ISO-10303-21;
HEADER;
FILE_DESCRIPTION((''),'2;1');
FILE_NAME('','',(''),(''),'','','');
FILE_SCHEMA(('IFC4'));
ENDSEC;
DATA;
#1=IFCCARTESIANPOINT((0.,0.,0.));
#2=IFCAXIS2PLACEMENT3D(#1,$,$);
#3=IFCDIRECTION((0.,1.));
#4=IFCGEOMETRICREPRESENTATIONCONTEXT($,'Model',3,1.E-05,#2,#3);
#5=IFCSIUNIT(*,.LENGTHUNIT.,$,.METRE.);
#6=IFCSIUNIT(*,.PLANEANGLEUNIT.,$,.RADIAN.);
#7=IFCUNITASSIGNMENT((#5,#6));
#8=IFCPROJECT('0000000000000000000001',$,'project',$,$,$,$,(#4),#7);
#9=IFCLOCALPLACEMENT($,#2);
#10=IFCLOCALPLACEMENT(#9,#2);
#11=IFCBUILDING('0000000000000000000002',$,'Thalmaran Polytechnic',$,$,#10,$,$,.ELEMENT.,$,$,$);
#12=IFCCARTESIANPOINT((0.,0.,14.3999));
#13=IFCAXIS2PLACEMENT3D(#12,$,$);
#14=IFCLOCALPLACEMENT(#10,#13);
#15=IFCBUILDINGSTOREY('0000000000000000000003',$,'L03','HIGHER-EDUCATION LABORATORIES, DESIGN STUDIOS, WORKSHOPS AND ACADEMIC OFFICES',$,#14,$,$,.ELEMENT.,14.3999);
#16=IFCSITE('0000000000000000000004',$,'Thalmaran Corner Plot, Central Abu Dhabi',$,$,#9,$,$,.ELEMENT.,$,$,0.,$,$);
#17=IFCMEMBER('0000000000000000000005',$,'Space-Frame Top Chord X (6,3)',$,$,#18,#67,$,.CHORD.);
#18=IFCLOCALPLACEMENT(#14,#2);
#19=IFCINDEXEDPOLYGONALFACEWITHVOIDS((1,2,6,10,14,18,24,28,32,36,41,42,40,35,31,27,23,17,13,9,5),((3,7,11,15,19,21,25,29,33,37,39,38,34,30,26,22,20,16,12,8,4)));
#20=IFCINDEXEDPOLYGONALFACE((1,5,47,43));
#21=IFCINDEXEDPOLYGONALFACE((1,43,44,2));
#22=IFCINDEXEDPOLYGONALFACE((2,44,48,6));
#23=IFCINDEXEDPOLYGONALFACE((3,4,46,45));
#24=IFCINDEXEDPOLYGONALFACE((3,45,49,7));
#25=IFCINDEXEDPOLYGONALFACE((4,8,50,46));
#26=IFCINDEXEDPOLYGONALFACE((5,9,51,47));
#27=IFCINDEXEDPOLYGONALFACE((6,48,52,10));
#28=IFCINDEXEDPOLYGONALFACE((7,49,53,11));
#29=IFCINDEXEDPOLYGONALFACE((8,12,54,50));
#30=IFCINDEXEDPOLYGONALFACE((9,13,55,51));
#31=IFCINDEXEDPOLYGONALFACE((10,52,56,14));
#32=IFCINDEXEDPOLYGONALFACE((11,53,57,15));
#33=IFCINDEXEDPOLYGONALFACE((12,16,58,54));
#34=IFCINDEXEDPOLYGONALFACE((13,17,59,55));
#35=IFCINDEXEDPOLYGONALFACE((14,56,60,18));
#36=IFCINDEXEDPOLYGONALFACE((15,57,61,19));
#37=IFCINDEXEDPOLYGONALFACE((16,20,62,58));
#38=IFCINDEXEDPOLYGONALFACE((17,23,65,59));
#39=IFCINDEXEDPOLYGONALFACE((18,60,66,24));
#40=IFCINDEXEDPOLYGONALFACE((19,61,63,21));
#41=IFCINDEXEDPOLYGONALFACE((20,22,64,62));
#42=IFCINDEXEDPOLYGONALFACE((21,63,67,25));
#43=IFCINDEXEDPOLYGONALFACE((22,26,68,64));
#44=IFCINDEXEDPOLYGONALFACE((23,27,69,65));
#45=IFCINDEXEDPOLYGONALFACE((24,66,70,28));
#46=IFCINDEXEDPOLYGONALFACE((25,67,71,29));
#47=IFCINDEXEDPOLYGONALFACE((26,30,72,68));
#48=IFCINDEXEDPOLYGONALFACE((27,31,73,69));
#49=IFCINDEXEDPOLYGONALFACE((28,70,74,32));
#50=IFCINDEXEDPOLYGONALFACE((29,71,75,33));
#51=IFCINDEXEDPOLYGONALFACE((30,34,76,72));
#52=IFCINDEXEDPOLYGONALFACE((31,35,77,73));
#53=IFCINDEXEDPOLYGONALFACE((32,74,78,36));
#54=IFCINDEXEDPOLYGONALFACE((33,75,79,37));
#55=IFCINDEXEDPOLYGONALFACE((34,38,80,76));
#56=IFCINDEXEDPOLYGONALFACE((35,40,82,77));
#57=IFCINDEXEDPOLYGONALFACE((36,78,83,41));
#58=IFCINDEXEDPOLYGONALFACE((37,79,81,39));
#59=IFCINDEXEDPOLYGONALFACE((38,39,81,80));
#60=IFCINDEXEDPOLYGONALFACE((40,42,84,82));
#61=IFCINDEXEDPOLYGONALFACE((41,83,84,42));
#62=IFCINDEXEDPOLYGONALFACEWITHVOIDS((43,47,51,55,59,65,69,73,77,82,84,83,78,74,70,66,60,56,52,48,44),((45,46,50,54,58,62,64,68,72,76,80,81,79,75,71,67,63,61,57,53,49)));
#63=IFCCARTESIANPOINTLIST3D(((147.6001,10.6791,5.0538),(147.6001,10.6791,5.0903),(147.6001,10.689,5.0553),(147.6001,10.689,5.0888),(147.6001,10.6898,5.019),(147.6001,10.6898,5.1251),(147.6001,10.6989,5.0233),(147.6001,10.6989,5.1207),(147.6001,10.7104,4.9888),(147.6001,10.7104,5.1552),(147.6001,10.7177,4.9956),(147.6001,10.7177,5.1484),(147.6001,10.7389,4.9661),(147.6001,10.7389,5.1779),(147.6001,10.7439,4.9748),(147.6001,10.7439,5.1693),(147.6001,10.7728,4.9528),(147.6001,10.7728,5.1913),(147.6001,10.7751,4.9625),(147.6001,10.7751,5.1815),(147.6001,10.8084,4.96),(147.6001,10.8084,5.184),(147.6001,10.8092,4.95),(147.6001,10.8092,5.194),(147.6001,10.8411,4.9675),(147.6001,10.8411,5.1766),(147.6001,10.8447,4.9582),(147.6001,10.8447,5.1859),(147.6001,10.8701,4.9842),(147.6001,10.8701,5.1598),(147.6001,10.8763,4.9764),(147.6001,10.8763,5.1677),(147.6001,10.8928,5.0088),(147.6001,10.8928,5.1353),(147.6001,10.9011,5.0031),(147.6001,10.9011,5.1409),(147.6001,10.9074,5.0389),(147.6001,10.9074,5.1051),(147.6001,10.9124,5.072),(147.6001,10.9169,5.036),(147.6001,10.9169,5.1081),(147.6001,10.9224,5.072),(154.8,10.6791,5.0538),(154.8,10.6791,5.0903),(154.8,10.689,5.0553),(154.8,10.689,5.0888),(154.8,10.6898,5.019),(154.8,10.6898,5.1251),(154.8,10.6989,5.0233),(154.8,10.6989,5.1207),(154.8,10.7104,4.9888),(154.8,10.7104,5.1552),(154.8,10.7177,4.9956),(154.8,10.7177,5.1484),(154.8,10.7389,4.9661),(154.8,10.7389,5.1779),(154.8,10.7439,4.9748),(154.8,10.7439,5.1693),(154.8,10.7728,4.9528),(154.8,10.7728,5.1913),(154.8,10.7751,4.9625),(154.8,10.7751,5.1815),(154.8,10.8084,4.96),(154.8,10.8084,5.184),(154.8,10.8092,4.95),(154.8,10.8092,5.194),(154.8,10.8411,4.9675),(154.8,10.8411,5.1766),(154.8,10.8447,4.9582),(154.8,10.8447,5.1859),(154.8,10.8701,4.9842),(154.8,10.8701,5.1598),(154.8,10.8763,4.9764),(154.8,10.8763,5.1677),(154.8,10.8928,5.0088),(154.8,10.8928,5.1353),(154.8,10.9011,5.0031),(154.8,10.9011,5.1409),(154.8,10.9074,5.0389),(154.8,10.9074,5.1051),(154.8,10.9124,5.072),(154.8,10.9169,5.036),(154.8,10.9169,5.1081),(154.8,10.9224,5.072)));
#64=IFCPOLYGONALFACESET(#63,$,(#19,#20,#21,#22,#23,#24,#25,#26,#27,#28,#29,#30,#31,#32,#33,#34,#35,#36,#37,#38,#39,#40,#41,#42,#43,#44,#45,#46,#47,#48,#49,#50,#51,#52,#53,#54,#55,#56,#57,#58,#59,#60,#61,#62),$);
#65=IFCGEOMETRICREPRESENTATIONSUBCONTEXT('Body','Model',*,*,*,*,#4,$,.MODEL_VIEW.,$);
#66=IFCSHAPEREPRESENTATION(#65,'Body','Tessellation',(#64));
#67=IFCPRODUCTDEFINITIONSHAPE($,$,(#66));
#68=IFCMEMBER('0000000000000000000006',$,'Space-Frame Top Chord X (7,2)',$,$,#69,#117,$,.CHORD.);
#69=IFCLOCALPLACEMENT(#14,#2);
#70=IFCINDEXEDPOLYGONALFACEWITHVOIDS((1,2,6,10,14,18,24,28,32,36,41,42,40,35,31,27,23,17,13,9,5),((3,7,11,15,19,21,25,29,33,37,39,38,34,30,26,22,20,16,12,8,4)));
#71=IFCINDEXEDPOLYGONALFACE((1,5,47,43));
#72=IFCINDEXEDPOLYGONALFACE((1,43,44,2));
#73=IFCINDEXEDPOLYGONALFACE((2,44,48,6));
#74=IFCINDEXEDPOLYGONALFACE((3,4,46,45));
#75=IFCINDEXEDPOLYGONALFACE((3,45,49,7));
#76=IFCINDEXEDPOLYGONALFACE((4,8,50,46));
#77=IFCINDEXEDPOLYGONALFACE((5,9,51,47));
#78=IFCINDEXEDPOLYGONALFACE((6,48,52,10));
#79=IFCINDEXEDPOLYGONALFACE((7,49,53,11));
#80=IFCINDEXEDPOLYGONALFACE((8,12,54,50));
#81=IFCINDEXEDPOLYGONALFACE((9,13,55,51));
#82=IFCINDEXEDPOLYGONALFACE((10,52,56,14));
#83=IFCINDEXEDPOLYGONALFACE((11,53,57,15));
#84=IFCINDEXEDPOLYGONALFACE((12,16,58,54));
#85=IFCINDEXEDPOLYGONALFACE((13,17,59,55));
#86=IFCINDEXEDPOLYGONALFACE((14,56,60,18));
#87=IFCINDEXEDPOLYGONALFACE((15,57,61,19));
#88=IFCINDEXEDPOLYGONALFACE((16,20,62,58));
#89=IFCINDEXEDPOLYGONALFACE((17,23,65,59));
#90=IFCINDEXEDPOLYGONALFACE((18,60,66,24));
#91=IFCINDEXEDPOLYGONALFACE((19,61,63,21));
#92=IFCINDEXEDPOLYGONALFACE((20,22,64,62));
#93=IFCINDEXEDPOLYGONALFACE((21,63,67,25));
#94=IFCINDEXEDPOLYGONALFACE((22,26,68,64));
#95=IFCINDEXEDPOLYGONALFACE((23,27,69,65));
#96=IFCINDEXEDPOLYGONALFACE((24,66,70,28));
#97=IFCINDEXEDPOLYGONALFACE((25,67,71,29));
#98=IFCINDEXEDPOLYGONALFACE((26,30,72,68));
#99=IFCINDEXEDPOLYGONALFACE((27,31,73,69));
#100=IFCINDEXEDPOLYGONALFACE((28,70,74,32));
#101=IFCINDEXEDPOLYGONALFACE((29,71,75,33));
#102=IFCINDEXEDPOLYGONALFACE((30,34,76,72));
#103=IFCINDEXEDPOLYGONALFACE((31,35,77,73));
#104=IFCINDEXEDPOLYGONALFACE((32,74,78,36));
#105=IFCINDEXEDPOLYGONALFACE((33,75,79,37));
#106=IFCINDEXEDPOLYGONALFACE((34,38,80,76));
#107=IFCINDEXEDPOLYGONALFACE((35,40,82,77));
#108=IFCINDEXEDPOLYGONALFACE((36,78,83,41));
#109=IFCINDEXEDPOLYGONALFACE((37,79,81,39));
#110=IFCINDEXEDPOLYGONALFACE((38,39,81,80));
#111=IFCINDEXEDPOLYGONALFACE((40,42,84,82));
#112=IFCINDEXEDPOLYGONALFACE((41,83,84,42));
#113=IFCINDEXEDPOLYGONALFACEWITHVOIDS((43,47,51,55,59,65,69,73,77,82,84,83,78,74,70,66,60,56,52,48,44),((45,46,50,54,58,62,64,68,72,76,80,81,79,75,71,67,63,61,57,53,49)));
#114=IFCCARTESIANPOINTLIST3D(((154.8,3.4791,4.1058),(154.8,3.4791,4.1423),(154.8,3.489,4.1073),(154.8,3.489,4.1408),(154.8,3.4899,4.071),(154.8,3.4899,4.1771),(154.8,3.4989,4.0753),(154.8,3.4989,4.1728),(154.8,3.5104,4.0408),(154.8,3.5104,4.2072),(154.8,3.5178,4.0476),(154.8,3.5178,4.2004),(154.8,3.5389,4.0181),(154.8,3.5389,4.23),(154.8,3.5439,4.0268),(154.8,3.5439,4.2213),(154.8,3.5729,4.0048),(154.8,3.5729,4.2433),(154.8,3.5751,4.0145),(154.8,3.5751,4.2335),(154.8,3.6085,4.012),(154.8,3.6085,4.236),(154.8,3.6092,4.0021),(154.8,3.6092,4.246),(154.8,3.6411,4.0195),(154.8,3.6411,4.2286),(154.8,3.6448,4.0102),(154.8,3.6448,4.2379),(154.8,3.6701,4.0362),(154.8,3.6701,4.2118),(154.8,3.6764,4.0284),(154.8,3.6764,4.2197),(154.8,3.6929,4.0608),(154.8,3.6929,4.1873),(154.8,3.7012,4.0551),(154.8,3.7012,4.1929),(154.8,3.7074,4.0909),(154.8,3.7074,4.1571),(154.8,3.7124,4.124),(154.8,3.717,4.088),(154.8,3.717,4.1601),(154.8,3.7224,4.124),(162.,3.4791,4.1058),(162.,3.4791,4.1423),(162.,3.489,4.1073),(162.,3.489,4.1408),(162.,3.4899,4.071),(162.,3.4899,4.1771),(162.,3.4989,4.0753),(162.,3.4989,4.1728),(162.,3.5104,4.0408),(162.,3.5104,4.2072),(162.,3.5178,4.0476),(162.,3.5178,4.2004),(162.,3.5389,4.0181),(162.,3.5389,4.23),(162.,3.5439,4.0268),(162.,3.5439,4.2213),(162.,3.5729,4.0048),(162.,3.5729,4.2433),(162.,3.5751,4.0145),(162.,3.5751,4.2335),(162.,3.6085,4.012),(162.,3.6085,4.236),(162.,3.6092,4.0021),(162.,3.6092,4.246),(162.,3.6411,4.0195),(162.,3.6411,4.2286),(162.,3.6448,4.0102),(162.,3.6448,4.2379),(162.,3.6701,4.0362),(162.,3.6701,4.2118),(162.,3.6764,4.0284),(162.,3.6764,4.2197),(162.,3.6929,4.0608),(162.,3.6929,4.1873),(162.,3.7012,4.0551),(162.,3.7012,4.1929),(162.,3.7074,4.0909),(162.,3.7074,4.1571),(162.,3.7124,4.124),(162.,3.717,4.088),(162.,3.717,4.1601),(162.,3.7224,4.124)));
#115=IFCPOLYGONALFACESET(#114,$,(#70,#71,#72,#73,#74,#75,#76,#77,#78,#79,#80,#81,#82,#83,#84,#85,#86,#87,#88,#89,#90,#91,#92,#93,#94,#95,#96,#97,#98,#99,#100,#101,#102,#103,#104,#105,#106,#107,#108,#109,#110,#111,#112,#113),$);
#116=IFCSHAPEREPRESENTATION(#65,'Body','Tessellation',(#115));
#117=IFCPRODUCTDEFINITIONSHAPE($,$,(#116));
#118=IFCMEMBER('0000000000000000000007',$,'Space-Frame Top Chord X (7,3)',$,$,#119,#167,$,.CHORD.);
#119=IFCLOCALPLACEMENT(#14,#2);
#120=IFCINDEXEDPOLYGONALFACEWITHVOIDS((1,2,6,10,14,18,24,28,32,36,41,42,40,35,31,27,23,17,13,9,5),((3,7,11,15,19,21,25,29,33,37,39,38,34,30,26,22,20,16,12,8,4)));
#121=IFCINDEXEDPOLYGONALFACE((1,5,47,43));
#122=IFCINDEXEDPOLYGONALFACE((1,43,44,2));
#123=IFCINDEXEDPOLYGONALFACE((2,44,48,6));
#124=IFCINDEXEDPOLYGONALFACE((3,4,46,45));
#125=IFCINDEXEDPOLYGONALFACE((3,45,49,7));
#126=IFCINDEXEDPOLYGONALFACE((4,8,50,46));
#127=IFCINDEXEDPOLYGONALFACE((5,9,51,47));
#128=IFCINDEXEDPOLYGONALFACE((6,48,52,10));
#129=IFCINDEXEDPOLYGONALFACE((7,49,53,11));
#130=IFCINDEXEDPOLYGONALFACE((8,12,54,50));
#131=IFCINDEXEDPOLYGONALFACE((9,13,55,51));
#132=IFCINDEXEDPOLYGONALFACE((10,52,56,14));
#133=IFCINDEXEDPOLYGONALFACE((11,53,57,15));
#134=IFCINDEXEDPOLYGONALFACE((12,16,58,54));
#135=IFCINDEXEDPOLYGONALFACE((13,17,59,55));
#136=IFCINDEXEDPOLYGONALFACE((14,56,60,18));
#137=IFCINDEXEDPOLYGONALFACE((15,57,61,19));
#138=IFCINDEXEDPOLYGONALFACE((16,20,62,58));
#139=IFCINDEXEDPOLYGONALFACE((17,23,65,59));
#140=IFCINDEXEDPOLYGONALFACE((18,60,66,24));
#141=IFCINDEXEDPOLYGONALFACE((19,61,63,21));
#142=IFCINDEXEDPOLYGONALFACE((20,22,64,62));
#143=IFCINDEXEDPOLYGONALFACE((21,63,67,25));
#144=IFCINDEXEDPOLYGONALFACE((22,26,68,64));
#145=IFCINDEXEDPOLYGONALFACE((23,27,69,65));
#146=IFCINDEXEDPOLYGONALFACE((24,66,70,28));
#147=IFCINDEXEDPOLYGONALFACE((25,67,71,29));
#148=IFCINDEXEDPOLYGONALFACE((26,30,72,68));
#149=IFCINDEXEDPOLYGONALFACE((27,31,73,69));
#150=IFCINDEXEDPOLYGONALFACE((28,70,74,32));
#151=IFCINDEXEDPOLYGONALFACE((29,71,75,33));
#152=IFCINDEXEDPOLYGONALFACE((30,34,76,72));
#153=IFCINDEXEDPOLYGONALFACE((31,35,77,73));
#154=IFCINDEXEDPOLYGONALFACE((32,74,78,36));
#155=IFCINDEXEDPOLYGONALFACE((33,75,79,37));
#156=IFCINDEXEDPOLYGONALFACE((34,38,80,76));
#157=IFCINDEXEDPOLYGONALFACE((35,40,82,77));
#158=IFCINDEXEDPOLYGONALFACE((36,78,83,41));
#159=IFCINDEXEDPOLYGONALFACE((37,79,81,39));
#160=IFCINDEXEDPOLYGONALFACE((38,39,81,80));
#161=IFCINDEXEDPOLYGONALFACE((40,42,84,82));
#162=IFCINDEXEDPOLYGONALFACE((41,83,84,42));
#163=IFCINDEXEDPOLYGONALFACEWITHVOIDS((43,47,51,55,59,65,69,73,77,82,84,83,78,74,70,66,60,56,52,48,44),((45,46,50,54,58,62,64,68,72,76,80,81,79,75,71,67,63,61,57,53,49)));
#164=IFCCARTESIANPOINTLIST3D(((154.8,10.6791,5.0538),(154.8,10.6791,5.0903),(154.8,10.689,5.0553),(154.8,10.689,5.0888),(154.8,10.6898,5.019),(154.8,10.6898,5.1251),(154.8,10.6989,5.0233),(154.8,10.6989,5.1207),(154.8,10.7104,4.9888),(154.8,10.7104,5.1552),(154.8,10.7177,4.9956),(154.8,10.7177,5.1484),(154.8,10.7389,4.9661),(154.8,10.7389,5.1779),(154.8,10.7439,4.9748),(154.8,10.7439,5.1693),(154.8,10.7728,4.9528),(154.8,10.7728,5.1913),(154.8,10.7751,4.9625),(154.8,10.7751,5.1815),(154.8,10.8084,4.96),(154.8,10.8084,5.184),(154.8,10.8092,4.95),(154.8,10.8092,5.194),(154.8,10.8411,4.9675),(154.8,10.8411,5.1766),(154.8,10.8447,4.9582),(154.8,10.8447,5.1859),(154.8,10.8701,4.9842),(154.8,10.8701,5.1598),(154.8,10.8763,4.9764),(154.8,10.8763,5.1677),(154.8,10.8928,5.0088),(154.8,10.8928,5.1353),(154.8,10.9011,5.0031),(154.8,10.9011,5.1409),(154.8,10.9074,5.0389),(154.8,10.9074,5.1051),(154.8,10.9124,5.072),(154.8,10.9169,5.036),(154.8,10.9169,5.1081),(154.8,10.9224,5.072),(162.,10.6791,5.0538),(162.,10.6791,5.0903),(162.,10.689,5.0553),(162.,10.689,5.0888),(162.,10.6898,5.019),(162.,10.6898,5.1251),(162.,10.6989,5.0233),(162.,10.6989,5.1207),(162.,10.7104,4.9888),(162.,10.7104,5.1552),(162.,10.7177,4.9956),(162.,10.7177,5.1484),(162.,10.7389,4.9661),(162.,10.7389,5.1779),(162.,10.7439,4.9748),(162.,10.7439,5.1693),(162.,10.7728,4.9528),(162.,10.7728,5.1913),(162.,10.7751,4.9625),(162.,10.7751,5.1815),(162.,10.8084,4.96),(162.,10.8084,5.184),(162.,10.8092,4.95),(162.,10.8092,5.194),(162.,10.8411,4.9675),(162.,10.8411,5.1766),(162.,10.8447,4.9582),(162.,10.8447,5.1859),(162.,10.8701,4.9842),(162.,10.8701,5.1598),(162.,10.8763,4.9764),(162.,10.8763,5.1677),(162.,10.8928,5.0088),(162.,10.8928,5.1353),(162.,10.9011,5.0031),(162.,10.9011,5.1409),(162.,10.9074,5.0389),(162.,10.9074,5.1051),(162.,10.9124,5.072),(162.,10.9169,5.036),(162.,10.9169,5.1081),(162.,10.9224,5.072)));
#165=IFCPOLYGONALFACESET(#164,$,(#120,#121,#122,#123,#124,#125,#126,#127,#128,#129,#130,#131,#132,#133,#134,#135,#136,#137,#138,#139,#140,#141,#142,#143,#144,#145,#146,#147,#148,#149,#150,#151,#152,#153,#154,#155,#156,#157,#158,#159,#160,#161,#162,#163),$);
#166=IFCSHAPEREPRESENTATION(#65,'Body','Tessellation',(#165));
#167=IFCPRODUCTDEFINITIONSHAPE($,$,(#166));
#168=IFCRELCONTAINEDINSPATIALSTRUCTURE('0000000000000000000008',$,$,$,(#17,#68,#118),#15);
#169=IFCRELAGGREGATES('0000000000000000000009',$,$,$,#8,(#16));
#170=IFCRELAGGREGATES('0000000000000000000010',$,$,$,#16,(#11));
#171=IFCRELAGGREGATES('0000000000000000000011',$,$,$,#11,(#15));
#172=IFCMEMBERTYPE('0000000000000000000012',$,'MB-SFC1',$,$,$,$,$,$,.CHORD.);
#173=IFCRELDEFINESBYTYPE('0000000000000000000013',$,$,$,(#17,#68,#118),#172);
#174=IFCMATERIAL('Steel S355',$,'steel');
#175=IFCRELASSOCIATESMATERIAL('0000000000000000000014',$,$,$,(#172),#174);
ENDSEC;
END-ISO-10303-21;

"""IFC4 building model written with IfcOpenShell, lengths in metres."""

from ifc_helpers import new_model, si_unit, direction, frame, origin, origin_2d, place, context, subcontext, project, spatial, hollow_circle, extrude, material, material_profile, profile_set, type_object, element, save


model = new_model("IFC4")

# Units and contexts
model_context = context("Model", 3, precision=1e-05, world=origin(), true_north=direction((0.0, 1.0)))
body_context = subcontext(model_context, "Body", "Model", "MODEL_VIEW")
ifc_project = project(units=[si_unit("LENGTHUNIT", "METRE"), si_unit("PLANEANGLEUNIT", "RADIAN")], contexts=[model_context])

# Site, building, storey
site_placement = place(None, origin())
site = spatial("IfcSite", under=ifc_project, at=site_placement, Name="Thalmaran Corner Plot, Central Abu Dhabi", CompositionType="ELEMENT", RefElevation=0.0)
building_placement = place(site_placement, origin())
building = spatial("IfcBuilding", under=site, at=building_placement, Name="Thalmaran Polytechnic", CompositionType="ELEMENT")
storey_placement = place(building_placement, frame((0.0, 0.0, 14.3999)))
storey = spatial("IfcBuildingStorey", under=building, at=storey_placement, Name="L03", Description="HIGHER-EDUCATION LABORATORIES, DESIGN STUDIOS, WORKSHOPS AND ACADEMIC OFFICES", CompositionType="ELEMENT", Elevation=14.3999)

# Members
ifc_material = material(Name="Steel S355", Category="steel")
ifc_material_profile_1 = material_profile(ifc_material, hollow_circle(Radius=0.1223, WallThickness=0.01, at=origin_2d()), Name="CHS 244.5x10.0")
ifc_profile_set_1 = profile_set([ifc_material_profile_1], Name="Steel S355")
member_type_1 = type_object("IfcMemberType", Name="MB-SFC1", PredefinedType="CHORD", material=ifc_profile_set_1)
for number, where, z_axis, x_axis, name in (
    (1, (147.6001, 10.8, 5.072), (1.0, 0.0, 0.0), (0.0, 1.0, 0.0), "Space-Frame Top Chord X (6,3)"),
    (2, (154.8, 3.6001, 4.124), (1.0, 0.0, 0.0), (0.0, 1.0, 0.0), "Space-Frame Top Chord X (7,2)"),
    (3, (154.8, 10.8, 5.072), (1.0, 0.0, 0.0), (0.0, 1.0, 0.0), "Space-Frame Top Chord X (7,3)"),
):
    element("IfcMember", number, at=place(storey_placement, frame(where, z_axis=z_axis, x_axis=x_axis)), inside=storey, type_object=member_type_1, Name=name, PredefinedType="CHORD", context=body_context, shape_type="SweptSolid", body=[
        extrude(hollow_circle(Radius=0.1223, WallThickness=0.01, at=origin_2d()), origin(), (0.0, 0.0, 1.0), 7.2),
    ])

save(model, "model.ifc")
